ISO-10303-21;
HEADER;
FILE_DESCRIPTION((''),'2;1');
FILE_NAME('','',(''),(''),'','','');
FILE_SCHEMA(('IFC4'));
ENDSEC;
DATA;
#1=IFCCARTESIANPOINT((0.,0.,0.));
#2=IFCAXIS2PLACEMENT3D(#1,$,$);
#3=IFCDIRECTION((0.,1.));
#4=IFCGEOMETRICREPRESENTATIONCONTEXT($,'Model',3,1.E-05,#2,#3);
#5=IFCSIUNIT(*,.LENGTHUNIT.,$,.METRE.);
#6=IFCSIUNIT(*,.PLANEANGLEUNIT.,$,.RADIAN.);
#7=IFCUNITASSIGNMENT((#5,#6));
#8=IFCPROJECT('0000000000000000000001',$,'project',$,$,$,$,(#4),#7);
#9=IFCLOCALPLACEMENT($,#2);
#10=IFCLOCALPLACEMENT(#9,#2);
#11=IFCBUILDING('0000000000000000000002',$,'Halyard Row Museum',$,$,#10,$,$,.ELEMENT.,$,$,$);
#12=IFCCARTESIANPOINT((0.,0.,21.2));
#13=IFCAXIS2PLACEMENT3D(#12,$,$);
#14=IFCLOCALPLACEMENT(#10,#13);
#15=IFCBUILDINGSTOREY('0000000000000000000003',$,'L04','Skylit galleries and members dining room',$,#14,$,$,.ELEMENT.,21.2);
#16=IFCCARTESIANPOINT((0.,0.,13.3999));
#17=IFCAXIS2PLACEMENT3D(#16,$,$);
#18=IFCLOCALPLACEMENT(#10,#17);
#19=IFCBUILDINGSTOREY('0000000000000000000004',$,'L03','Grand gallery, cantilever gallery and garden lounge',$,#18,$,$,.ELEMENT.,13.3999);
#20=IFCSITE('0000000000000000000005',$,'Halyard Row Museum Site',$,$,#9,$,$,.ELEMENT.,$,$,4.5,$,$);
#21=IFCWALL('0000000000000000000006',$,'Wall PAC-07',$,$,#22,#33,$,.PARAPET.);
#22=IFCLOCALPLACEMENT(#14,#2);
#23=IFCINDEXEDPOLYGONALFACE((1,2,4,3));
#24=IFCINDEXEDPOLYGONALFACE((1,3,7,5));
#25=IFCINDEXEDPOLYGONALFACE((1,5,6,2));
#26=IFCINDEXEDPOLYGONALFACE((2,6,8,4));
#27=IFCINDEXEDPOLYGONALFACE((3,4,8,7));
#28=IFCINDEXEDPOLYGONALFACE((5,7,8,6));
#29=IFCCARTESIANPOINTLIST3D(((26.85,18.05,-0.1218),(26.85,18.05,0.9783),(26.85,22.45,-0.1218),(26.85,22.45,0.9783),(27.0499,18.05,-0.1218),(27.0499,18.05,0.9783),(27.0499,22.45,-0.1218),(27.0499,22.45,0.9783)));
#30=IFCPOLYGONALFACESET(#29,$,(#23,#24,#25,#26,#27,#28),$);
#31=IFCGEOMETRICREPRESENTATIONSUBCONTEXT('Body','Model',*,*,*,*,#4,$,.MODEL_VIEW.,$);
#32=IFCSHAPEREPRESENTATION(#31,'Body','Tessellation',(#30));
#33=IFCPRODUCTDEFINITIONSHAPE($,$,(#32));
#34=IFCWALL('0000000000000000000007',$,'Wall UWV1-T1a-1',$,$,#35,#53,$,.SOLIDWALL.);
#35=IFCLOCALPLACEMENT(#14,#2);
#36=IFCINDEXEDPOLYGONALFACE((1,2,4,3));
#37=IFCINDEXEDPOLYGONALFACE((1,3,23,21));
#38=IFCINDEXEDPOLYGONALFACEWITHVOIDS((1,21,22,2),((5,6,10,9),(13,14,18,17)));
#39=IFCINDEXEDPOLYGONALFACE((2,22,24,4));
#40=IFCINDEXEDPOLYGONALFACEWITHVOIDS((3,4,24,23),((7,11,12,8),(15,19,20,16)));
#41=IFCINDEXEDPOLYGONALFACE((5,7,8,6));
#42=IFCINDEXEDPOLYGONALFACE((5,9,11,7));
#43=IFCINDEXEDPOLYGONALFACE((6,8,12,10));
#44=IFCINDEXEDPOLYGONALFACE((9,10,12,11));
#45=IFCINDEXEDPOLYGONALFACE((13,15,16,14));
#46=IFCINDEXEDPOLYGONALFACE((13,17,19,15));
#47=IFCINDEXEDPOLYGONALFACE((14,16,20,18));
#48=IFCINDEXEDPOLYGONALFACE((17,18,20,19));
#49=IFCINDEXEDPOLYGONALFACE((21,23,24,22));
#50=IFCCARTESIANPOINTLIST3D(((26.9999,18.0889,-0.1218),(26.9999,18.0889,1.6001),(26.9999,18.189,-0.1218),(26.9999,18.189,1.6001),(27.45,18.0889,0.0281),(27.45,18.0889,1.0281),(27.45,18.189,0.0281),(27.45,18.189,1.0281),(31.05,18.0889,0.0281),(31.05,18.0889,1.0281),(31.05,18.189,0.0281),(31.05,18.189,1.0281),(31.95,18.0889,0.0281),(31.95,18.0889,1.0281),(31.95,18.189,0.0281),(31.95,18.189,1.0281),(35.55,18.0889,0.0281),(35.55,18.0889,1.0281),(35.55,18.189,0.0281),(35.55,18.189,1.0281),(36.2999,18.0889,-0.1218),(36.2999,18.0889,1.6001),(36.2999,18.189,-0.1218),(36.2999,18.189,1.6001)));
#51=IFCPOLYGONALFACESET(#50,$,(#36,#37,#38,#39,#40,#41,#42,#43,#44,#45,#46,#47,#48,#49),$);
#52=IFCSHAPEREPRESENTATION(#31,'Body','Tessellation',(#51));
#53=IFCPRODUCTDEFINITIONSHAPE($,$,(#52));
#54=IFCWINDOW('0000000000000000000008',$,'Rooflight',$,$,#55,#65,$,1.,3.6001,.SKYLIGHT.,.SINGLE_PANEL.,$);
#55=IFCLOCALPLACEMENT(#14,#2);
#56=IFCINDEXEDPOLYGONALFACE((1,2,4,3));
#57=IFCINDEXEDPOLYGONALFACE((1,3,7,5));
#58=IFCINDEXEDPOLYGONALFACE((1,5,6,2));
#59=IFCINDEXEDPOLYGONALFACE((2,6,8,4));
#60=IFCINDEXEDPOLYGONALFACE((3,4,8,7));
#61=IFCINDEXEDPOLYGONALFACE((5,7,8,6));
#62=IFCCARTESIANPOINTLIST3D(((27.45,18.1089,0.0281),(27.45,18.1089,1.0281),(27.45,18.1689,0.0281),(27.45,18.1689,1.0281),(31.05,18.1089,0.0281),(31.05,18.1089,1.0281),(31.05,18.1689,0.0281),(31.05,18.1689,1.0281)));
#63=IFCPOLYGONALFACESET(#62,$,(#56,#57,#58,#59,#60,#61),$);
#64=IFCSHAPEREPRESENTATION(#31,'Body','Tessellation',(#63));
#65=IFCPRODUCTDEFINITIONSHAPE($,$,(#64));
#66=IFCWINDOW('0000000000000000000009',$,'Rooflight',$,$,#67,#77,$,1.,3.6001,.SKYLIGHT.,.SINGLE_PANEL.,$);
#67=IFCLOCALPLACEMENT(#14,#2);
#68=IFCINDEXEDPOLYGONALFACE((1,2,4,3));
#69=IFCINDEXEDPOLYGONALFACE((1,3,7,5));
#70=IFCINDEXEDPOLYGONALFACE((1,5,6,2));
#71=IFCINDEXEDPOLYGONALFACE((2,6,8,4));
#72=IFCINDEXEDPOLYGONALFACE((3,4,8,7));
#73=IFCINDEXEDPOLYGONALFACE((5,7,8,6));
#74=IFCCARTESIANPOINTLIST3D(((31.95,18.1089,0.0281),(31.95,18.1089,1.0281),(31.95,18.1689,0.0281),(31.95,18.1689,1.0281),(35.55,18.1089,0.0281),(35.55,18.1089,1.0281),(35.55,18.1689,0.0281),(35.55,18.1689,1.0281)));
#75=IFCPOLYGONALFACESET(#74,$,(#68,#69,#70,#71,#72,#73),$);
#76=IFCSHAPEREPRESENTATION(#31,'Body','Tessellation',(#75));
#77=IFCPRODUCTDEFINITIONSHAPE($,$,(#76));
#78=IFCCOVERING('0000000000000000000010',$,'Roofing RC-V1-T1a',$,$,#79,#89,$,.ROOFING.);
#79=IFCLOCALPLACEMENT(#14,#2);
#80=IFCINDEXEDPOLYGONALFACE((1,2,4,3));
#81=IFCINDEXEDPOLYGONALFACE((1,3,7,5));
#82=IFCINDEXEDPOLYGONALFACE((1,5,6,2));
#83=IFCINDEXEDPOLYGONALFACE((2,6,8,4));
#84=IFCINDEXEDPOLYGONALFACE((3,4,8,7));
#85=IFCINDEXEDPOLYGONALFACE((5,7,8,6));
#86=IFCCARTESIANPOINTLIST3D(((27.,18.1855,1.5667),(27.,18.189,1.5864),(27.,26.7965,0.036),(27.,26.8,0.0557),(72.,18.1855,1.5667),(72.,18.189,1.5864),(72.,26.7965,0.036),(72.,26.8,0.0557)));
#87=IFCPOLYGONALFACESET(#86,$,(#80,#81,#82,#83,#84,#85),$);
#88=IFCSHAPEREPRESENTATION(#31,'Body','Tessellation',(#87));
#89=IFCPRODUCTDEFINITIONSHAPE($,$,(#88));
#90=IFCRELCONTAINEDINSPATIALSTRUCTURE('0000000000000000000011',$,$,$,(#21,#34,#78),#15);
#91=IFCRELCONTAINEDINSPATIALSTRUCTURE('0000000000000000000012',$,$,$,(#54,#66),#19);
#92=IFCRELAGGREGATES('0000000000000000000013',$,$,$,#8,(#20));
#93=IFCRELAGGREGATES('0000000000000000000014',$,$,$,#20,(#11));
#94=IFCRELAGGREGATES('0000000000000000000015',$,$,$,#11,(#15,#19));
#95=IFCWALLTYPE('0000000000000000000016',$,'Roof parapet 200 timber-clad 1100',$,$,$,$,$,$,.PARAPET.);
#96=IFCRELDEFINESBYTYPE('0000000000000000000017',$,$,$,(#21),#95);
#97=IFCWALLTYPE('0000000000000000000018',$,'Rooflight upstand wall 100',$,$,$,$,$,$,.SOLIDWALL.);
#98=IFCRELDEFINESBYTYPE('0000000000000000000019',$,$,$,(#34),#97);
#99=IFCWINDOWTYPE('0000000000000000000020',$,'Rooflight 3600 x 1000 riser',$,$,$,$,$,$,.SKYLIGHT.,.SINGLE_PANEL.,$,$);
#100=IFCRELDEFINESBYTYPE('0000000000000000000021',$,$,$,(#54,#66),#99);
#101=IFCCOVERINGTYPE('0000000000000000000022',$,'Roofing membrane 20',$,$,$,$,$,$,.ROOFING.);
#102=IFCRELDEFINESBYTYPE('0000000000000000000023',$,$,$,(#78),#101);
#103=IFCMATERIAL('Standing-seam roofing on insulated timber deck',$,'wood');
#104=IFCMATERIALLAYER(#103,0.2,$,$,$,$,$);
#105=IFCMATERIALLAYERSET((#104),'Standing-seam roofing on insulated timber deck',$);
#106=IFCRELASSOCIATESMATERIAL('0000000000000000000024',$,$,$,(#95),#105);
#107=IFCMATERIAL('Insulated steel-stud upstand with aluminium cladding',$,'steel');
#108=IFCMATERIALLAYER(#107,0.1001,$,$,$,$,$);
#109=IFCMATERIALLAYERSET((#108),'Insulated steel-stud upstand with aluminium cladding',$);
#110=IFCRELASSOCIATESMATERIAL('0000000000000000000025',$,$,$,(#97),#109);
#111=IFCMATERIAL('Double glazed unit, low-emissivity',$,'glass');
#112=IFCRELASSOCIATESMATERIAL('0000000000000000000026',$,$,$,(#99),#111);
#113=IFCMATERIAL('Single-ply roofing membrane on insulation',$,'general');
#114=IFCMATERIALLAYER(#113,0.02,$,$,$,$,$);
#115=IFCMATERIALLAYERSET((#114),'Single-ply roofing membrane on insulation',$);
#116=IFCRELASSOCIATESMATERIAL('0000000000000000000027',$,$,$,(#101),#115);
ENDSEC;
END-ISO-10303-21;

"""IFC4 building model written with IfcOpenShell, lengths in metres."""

from ifc_helpers import new_model, si_unit, direction, frame, frame_2d, origin, place, context, subcontext, project, spatial, polyline, rectangle, outline, extrude, material, layer, layer_set, type_object, element, fill, save


model = new_model("IFC4")

# Units and contexts
model_context = context("Model", 3, precision=1e-05, world=origin(), true_north=direction((0.0, 1.0)))
body_context = subcontext(model_context, "Body", "Model", "MODEL_VIEW")
ifc_project = project(units=[si_unit("LENGTHUNIT", "METRE"), si_unit("PLANEANGLEUNIT", "RADIAN")], contexts=[model_context])

# Site, building, storey
site_placement = place(None, origin())
site = spatial("IfcSite", under=ifc_project, at=site_placement, Name="Halyard Row Museum Site", CompositionType="ELEMENT", RefElevation=4.5)
building_placement = place(site_placement, origin())
building = spatial("IfcBuilding", under=site, at=building_placement, Name="Halyard Row Museum", CompositionType="ELEMENT")
storey_1_placement = place(building_placement, frame((0.0, 0.0, 21.2)))
storey_1 = spatial("IfcBuildingStorey", under=building, at=storey_1_placement, Name="L04", Description="Skylit galleries and members dining room", CompositionType="ELEMENT", Elevation=21.2)

# Wall
ifc_material_1 = material(Name="Standing-seam roofing on insulated timber deck", Category="wood")
ifc_layer_1 = layer(ifc_material_1, 0.2)
ifc_layer_set_1 = layer_set([ifc_layer_1], Name="Standing-seam roofing on insulated timber deck")
wall_type_1 = type_object("IfcWallType", Name="Roof parapet 200 timber-clad 1100", PredefinedType="PARAPET", material=ifc_layer_set_1)
wall_1_placement = place(storey_1_placement, frame((26.95, 18.05, -0.1218), z_axis=(0.0, 0.0, 1.0), x_axis=(0.0, 1.0, 0.0)))
element("IfcWall", 1, at=wall_1_placement, inside=storey_1, type_object=wall_type_1, Name="Wall PAC-07", PredefinedType="PARAPET", context=body_context, shape_type="SweptSolid", body=[
    extrude(rectangle(XDim=4.3999, YDim=0.2, at=frame_2d((2.2, 0.0))), origin(), (0.0, 0.0, 1.0), 1.1001),
])

# Wall, openings
ifc_material_2 = material(Name="Insulated steel-stud upstand with aluminium cladding", Category="steel")
ifc_layer_2 = layer(ifc_material_2, 0.1001)
ifc_layer_set_2 = layer_set([ifc_layer_2], Name="Insulated steel-stud upstand with aluminium cladding")
wall_type_2 = type_object("IfcWallType", Name="Rooflight upstand wall 100", PredefinedType="SOLIDWALL", material=ifc_layer_set_2)
wall_2_placement = place(storey_1_placement, frame((27.0, 18.1389, -0.1218), z_axis=(0.0, 0.0, 1.0), x_axis=(1.0, 0.0, 0.0)))
wall_2 = element("IfcWall", 2, at=wall_2_placement, inside=storey_1, type_object=wall_type_2, Name="Wall UWV1-T1a-1", PredefinedType="SOLIDWALL", context=body_context, shape_type="SweptSolid", body=[
    extrude(rectangle(XDim=9.3, YDim=0.1001, at=frame_2d((4.6499, 0.0))), origin(), (0.0, 0.0, 1.0), 1.7219),
])
opening_1_placement = place(wall_2_placement, frame((0.45, 0.0, 0.1499)))
opening_1 = element("IfcOpeningElement", 3, at=opening_1_placement, cuts=wall_2, PredefinedType="OPENING", context=body_context, shape_type="SweptSolid", body=[
    extrude(rectangle(XDim=3.6001, YDim=1.0, at=frame_2d((1.8, 0.5))), frame((0.0, 0.0601, 0.0), z_axis=(0.0, -1.0, 0.0), x_axis=(1.0, 0.0, 0.0)), (0.0, 0.0, 1.0), 0.1201),
])
opening_2_placement = place(wall_2_placement, frame((4.95, 0.0, 0.1499)))
opening_2 = element("IfcOpeningElement", 4, at=opening_2_placement, cuts=wall_2, PredefinedType="OPENING", context=body_context, shape_type="SweptSolid", body=[
    extrude(rectangle(XDim=3.6001, YDim=1.0, at=frame_2d((1.8, 0.5))), frame((0.0, 0.0601, 0.0), z_axis=(0.0, -1.0, 0.0), x_axis=(1.0, 0.0, 0.0)), (0.0, 0.0, 1.0), 0.1201),
])

# Shared definitions
storey_2_placement = place(building_placement, frame((0.0, 0.0, 13.3999)))
storey_2 = spatial("IfcBuildingStorey", under=building, at=storey_2_placement, Name="L03", Description="Grand gallery, cantilever gallery and garden lounge", CompositionType="ELEMENT", Elevation=13.3999)

# Windows
ifc_material_3 = material(Name="Double glazed unit, low-emissivity", Category="glass")
window_type = type_object("IfcWindowType", Name="Rooflight 3600 x 1000 riser", PartitioningType="SINGLE_PANEL", PredefinedType="SKYLIGHT", material=ifc_material_3)
window_1_placement = place(opening_1_placement, origin())
window_1 = element("IfcWindow", 5, at=window_1_placement, inside=storey_2, type_object=window_type, Name="Rooflight", OverallHeight=1.0, OverallWidth=3.6001, PartitioningType="SINGLE_PANEL", PredefinedType="SKYLIGHT", context=body_context, shape_type="SweptSolid", body=[
    extrude(rectangle(XDim=3.6001, YDim=1.0, at=frame_2d((1.8, 0.5))), frame((0.0, 0.03, 0.0), z_axis=(0.0, -1.0, 0.0), x_axis=(1.0, 0.0, 0.0)), (0.0, 0.0, 1.0), 0.0601),
])
fill(opening_1, window_1)
window_2_placement = place(opening_2_placement, origin())
window_2 = element("IfcWindow", 6, at=window_2_placement, inside=storey_2, type_object=window_type, Name="Rooflight", OverallHeight=1.0, OverallWidth=3.6001, PartitioningType="SINGLE_PANEL", PredefinedType="SKYLIGHT", context=body_context, shape_type="SweptSolid", body=[
    extrude(rectangle(XDim=3.6001, YDim=1.0, at=frame_2d((1.8, 0.5))), frame((0.0, 0.03, 0.0), z_axis=(0.0, -1.0, 0.0), x_axis=(1.0, 0.0, 0.0)), (0.0, 0.0, 1.0), 0.0601),
])
fill(opening_2, window_2)

# Covering
ifc_material_4 = material(Name="Single-ply roofing membrane on insulation", Category="general")
ifc_layer_3 = layer(ifc_material_4, 0.02)
ifc_layer_set_3 = layer_set([ifc_layer_3], Name="Single-ply roofing membrane on insulation")
covering_type = type_object("IfcCoveringType", Name="Roofing membrane 20", PredefinedType="ROOFING", material=ifc_layer_set_3)
covering_placement = place(storey_1_placement, frame((27.0, 18.189, 1.5864), z_axis=(0.0, 0.175023, 0.984564), x_axis=(1.0, 0.0, 0.0)))
element("IfcCovering", 7, at=covering_placement, inside=storey_1, type_object=covering_type, Name="Roofing RC-V1-T1a", PredefinedType="ROOFING", context=body_context, shape_type="SweptSolid", body=[
    extrude(outline(polyline([(0.0, 0.0), (45.0, 0.0), (45.0, 8.7461), (0.0, 8.7461), (0.0, 0.0)])), origin(), (0.0, 0.0, -1.0), 0.02),
])

save(model, "model.ifc")
